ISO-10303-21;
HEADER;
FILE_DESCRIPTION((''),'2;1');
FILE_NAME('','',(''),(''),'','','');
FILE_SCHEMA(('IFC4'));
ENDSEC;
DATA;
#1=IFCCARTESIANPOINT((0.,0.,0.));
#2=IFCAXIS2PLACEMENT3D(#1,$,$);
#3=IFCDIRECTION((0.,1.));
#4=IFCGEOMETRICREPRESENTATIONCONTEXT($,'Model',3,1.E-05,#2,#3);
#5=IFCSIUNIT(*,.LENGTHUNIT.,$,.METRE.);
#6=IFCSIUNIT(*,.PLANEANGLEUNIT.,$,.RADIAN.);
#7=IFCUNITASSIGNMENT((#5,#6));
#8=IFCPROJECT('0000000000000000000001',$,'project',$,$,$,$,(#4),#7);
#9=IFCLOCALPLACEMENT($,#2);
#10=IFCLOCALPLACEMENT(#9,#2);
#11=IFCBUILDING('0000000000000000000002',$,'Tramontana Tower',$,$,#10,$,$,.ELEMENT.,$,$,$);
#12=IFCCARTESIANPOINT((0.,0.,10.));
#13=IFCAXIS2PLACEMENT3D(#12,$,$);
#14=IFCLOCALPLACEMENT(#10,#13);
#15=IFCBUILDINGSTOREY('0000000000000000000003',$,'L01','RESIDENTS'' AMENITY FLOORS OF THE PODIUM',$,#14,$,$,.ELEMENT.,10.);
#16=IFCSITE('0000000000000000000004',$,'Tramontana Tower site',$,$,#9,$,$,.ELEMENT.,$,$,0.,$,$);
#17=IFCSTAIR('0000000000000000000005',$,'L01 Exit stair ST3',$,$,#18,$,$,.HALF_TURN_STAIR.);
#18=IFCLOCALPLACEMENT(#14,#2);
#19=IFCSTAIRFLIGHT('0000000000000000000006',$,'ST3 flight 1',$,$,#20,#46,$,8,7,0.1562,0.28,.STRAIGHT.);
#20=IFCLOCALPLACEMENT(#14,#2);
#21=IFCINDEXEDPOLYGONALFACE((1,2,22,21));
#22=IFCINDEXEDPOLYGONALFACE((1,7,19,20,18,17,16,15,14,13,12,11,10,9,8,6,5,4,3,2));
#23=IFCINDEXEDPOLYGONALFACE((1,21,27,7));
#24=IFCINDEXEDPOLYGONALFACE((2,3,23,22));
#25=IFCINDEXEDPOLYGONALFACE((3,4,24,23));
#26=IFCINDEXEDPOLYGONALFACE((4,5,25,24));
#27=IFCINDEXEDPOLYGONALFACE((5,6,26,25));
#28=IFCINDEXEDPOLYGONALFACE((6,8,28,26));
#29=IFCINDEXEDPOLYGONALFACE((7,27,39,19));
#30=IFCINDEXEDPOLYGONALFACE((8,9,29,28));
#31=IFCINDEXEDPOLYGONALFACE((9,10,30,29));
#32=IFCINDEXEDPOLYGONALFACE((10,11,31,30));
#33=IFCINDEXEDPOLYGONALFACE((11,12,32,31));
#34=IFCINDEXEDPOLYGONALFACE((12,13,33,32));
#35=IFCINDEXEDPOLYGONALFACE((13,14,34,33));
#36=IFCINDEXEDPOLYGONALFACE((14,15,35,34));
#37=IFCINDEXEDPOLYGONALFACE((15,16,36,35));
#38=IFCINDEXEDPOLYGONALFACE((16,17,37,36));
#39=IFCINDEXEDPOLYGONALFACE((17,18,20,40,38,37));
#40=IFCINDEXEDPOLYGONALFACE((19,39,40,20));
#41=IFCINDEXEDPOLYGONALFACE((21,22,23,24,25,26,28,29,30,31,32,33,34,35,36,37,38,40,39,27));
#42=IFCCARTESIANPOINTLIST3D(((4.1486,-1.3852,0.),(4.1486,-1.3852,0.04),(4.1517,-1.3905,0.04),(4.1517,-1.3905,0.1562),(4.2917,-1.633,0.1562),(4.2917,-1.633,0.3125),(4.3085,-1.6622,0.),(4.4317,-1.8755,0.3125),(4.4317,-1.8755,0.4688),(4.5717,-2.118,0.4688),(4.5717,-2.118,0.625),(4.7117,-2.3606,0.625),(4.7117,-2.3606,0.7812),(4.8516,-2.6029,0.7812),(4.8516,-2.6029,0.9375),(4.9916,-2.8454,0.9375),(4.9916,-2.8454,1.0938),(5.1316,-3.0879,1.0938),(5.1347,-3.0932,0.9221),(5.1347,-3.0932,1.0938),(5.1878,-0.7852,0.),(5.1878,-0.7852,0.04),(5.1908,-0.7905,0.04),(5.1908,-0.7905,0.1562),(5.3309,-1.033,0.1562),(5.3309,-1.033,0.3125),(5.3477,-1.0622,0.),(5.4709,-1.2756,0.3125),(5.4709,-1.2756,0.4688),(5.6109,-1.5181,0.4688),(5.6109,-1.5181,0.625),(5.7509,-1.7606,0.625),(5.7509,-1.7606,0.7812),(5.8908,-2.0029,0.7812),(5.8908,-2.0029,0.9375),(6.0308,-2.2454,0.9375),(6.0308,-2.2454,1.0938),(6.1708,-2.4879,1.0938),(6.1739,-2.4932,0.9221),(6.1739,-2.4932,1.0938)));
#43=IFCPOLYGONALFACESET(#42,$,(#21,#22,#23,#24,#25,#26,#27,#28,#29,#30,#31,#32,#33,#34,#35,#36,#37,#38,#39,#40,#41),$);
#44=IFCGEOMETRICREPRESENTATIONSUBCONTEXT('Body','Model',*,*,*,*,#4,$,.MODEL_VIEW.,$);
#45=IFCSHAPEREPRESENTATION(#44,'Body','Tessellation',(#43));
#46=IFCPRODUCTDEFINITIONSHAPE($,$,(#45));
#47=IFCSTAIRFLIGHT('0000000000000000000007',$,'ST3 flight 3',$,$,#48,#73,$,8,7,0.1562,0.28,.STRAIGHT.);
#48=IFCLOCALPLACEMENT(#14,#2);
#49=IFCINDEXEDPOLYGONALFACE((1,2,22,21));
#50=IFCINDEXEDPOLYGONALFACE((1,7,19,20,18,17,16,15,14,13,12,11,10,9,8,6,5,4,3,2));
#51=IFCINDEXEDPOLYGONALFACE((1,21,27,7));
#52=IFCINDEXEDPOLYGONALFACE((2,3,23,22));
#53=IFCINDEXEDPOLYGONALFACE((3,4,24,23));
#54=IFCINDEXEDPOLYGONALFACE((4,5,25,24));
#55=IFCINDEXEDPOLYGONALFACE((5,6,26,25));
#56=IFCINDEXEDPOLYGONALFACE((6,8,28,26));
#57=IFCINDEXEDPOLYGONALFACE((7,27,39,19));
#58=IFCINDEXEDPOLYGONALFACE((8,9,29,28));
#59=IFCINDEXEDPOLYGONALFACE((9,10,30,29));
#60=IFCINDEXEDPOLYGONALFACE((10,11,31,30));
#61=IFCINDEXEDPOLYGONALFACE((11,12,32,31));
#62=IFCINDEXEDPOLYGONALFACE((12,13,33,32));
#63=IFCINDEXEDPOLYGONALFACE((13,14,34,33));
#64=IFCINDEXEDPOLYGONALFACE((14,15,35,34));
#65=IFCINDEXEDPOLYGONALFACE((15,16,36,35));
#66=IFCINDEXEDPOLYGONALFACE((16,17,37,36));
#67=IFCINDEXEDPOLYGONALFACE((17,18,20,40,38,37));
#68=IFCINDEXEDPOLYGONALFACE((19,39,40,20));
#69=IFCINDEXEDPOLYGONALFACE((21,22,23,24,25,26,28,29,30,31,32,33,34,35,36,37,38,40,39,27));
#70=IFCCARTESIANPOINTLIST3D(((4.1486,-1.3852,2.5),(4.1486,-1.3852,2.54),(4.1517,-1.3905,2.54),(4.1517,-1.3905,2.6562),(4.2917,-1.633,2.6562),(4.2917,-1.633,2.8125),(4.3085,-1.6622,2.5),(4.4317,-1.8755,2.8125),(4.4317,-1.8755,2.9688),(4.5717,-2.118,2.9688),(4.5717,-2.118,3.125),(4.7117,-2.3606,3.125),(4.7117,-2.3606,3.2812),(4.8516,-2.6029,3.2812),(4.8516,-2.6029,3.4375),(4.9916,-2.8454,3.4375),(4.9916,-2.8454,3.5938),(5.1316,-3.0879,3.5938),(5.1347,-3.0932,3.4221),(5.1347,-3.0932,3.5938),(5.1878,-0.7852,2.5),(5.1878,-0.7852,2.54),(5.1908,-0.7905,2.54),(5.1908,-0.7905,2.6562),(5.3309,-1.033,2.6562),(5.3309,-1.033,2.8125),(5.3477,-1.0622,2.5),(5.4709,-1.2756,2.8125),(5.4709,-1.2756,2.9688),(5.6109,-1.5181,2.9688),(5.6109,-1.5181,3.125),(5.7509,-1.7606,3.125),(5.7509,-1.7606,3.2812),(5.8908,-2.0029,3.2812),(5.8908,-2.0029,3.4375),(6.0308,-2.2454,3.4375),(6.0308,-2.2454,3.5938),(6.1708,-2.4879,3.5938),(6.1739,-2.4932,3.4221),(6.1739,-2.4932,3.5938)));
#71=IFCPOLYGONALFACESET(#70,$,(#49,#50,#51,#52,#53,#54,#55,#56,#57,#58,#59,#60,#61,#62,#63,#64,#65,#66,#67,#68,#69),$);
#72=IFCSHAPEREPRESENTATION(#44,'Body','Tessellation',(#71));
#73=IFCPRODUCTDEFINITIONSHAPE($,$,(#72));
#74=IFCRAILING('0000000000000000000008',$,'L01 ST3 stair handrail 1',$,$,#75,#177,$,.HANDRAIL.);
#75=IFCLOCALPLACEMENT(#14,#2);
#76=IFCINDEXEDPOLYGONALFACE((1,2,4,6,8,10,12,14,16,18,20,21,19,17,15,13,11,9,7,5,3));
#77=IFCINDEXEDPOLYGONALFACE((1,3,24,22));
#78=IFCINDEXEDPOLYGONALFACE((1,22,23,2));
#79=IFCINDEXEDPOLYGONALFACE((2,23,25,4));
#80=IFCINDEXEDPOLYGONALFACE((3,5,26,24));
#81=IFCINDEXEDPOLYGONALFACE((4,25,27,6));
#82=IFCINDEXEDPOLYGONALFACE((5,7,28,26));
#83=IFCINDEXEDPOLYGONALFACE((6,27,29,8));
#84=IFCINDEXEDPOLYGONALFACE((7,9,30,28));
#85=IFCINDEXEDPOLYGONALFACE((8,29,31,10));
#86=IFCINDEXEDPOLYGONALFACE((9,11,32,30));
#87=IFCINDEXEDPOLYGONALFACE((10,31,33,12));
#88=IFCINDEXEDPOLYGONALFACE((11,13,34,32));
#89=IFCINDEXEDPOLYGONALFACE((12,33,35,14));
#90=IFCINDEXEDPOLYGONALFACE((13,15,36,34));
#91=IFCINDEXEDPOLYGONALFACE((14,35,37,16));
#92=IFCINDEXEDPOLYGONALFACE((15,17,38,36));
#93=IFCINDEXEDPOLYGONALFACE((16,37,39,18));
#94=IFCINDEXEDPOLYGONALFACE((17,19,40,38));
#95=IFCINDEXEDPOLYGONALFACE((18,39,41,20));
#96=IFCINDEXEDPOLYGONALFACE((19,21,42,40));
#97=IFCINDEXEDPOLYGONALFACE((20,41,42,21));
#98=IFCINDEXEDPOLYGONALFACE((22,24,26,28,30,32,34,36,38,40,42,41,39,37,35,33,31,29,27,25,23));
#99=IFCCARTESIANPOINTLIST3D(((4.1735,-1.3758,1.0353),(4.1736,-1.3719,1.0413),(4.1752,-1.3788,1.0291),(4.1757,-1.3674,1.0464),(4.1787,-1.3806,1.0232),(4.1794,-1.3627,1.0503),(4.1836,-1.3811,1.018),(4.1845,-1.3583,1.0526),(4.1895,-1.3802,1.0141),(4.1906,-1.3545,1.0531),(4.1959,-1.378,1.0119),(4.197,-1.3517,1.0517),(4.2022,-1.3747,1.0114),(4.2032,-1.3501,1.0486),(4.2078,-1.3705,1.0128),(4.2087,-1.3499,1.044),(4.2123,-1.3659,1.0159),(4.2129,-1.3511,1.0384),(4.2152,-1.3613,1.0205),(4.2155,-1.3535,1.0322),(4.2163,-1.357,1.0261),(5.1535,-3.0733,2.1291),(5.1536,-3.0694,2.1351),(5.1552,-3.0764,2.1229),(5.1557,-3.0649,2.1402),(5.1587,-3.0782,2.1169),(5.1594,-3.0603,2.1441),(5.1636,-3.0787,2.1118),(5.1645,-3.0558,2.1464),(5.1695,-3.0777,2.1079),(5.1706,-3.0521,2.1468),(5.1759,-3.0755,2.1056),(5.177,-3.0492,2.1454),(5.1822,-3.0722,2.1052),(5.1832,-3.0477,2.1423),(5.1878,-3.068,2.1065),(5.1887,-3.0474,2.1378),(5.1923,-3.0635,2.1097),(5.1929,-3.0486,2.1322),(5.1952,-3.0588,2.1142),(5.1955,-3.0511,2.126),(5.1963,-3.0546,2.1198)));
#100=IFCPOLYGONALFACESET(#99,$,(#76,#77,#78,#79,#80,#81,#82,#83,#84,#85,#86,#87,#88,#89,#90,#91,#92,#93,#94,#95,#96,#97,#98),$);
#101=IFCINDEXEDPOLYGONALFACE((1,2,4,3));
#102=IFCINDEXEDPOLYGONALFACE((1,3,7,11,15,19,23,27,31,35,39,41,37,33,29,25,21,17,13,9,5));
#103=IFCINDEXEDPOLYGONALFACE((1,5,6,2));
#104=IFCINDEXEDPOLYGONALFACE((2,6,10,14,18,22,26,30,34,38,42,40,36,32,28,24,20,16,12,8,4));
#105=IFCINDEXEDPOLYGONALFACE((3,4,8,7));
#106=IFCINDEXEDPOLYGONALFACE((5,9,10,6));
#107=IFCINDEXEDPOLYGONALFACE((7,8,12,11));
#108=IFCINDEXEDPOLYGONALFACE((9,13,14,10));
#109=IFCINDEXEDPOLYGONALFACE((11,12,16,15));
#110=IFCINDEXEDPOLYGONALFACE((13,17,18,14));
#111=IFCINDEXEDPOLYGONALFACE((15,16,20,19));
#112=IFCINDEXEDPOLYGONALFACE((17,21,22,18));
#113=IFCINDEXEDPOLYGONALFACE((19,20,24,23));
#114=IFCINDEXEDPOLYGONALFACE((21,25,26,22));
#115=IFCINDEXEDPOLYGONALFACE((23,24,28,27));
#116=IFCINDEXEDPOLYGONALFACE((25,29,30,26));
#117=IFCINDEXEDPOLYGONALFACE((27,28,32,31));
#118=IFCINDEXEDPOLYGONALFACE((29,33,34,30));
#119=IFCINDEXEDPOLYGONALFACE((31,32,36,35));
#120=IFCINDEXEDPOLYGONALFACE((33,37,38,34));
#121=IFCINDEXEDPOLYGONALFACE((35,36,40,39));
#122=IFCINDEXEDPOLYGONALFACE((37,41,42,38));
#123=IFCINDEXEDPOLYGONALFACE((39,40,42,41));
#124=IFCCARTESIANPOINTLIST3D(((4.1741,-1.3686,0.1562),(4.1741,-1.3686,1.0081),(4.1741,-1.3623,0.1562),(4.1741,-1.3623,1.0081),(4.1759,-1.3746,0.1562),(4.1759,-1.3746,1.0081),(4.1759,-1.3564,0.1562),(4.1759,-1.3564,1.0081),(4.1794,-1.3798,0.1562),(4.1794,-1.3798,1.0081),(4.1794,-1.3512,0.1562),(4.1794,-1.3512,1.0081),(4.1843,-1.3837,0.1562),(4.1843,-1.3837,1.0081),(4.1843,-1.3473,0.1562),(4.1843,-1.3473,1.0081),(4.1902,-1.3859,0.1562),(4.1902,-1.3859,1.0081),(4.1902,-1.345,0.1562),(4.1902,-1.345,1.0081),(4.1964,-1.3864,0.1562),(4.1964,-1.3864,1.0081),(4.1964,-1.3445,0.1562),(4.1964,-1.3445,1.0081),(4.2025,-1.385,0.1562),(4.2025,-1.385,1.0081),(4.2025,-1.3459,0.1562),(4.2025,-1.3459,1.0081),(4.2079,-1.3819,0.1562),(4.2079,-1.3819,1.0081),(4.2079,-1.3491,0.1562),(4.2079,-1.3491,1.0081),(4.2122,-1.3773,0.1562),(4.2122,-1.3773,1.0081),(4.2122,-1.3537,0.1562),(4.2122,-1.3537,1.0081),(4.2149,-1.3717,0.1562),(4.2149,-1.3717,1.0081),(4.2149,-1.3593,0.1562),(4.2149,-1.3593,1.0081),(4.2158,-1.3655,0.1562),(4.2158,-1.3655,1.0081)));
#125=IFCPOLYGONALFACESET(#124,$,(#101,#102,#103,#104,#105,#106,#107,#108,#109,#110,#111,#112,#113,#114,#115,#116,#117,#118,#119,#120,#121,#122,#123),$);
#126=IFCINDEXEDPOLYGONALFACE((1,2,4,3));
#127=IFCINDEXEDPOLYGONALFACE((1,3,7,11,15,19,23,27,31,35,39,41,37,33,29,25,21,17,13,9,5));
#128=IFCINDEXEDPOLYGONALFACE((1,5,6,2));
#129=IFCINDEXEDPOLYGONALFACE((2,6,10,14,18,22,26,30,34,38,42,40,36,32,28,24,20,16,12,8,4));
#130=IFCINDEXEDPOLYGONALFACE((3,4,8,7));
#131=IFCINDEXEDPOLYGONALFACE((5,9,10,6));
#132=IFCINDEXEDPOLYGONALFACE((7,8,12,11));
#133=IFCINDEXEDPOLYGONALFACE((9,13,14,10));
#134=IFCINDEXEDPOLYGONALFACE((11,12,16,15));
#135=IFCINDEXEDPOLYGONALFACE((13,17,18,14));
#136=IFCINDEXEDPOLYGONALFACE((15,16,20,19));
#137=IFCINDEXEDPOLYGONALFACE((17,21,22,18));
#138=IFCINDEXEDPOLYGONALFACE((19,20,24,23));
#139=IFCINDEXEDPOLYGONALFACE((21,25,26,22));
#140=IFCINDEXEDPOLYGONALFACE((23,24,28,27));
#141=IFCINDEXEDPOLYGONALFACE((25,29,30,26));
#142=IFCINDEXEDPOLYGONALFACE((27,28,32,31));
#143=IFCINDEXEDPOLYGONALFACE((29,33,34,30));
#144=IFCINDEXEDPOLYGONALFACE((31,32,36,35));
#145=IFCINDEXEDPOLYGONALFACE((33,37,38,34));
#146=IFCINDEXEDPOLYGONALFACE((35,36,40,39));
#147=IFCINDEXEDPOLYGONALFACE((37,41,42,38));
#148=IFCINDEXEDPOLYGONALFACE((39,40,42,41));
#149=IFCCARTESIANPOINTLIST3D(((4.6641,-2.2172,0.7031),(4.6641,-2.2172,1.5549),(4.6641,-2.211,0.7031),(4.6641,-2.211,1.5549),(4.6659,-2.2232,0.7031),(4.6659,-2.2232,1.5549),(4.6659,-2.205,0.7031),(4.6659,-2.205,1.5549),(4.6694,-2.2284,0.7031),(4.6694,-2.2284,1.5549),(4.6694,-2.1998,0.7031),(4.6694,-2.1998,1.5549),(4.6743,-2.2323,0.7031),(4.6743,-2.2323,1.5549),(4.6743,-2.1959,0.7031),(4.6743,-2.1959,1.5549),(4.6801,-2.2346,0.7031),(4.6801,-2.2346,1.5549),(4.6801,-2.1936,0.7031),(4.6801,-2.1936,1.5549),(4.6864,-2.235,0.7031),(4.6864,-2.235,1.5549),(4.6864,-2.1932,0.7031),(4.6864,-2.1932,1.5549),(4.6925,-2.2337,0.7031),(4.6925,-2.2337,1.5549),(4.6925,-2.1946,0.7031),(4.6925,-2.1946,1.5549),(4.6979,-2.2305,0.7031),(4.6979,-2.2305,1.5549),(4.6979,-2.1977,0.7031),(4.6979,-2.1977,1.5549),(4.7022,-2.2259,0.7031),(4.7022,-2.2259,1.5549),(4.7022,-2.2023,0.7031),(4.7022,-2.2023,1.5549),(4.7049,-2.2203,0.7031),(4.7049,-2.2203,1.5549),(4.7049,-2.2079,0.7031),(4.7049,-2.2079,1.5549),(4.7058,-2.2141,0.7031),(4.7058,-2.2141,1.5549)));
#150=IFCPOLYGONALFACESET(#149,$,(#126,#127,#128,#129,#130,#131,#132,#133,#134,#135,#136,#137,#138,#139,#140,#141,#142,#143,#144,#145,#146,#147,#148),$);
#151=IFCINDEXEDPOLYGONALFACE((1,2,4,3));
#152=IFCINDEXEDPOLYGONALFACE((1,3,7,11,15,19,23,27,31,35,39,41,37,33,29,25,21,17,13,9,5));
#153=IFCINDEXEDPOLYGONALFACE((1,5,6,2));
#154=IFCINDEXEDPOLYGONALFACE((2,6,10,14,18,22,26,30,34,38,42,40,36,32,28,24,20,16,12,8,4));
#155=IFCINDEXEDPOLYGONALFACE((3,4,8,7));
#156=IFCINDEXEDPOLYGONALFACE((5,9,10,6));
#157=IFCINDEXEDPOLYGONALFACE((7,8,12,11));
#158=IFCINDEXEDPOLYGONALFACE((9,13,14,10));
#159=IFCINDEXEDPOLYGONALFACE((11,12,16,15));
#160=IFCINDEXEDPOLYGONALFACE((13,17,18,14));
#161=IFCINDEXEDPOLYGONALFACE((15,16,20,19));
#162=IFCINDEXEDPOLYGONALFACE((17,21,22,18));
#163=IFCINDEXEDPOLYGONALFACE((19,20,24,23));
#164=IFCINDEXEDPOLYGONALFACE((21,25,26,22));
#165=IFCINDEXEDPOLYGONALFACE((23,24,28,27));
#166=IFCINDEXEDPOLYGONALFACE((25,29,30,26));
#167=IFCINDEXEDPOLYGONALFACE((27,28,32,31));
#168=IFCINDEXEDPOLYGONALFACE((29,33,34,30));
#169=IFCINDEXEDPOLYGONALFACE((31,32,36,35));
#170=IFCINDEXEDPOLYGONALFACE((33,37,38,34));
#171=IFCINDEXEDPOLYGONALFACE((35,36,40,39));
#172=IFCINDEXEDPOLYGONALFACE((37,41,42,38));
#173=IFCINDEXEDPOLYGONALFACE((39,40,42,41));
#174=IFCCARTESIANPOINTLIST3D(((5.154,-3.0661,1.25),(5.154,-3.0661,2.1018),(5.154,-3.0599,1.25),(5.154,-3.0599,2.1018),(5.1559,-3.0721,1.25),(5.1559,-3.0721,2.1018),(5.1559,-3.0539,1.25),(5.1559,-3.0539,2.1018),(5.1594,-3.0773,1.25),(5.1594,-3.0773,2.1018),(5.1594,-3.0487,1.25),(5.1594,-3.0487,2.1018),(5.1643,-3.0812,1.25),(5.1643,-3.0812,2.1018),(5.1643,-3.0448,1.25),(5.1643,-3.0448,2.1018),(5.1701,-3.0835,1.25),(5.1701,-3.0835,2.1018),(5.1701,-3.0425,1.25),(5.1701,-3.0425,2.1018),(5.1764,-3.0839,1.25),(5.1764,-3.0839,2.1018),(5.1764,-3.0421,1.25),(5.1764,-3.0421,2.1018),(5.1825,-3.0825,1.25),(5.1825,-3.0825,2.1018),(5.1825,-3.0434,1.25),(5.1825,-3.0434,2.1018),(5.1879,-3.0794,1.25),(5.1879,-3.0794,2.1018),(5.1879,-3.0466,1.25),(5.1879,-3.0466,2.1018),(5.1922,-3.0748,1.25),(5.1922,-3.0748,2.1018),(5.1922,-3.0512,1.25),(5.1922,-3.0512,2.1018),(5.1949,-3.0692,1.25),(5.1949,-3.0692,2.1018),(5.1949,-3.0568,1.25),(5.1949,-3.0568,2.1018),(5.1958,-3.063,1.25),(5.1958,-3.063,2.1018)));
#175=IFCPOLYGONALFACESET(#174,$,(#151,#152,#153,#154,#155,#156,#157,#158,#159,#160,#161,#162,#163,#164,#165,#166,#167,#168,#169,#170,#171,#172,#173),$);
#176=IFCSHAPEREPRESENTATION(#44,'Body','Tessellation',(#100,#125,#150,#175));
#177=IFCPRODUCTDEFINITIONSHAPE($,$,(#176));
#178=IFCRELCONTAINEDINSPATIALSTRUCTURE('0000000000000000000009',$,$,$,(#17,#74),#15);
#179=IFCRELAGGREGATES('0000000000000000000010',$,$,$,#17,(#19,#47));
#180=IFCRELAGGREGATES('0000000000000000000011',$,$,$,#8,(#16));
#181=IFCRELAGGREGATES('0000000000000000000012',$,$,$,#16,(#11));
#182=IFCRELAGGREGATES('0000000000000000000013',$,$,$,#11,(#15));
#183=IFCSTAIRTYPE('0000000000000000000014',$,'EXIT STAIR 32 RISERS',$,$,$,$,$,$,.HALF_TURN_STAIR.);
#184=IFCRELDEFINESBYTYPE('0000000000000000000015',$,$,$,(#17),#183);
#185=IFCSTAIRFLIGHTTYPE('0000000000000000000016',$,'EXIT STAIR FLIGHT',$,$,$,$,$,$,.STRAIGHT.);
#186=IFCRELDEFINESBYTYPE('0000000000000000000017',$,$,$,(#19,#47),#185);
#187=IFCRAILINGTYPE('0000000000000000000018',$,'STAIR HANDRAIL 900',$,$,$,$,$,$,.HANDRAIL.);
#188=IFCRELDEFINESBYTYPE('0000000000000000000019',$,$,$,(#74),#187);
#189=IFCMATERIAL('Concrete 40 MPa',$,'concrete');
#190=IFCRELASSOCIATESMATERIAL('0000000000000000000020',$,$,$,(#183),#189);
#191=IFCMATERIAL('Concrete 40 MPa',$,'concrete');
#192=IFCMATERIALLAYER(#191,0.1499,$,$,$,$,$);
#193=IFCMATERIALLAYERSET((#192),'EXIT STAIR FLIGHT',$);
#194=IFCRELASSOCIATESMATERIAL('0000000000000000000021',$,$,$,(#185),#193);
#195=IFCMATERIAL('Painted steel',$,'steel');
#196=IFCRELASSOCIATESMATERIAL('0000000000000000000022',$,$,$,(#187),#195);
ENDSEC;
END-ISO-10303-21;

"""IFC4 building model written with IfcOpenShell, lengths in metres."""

from ifc_helpers import new_model, si_unit, direction, frame, origin, origin_2d, place, context, subcontext, project, spatial, polyline, circle, outline, extrude, material, layer, layer_set, type_object, element, aggregate, save


model = new_model("IFC4")

# Units and contexts
model_context = context("Model", 3, precision=1e-05, world=origin(), true_north=direction((0.0, 1.0)))
body_context = subcontext(model_context, "Body", "Model", "MODEL_VIEW")
ifc_project = project(units=[si_unit("LENGTHUNIT", "METRE"), si_unit("PLANEANGLEUNIT", "RADIAN")], contexts=[model_context])

# Site, building, storey
site_placement = place(None, origin())
site = spatial("IfcSite", under=ifc_project, at=site_placement, Name="Tramontana Tower site", CompositionType="ELEMENT", RefElevation=0.0)
building_placement = place(site_placement, origin())
building = spatial("IfcBuilding", under=site, at=building_placement, Name="Tramontana Tower", CompositionType="ELEMENT")
storey_placement = place(building_placement, frame((0.0, 0.0, 10.0)))
storey = spatial("IfcBuildingStorey", under=building, at=storey_placement, Name="L01", Description="RESIDENTS' AMENITY FLOORS OF THE PODIUM", CompositionType="ELEMENT", Elevation=10.0)

# Stair
ifc_material_1 = material(Name="Concrete 40 MPa", Category="concrete")
stair_type = type_object("IfcStairType", Name="EXIT STAIR 32 RISERS", PredefinedType="HALF_TURN_STAIR", material=ifc_material_1)
stair_1_placement = place(storey_placement, origin())
stair_1 = element("IfcStair", 1, at=stair_1_placement, inside=storey, type_object=stair_type, Name="L01 Exit stair ST3", PredefinedType="HALF_TURN_STAIR")

# Stair flights
ifc_material_2 = material(Name="Concrete 40 MPa", Category="concrete")
ifc_layer_1 = layer(ifc_material_2, 0.1499)
ifc_layer_set_1 = layer_set([ifc_layer_1], Name="EXIT STAIR FLIGHT")
stair_flight_type = type_object("IfcStairFlightType", Name="EXIT STAIR FLIGHT", PredefinedType="STRAIGHT", material=ifc_layer_set_1)
stair_flight_1_placement = place(storey_placement, frame((4.6711, -1.0906, 0.0), z_axis=(0.0, 0.0, 1.0), x_axis=(0.5, -0.866025, 0.0)))
stair_flight_1 = element("IfcStairFlight", 2, at=stair_flight_1_placement, type_object=stair_flight_type, Name="ST3 flight 1", NumberOfRisers=8, NumberOfTreads=7, PredefinedType="STRAIGHT", RiserHeight=0.1562, TreadLength=0.28, context=body_context, shape_type="SweptSolid", body=[
    extrude(outline(polyline([(-0.0061, 0.0), (-0.0061, 0.04), (0.0, 0.04), (0.0, 0.1562), (0.28, 0.1562), (0.28, 0.3125), (0.5601, 0.3125), (0.5601, 0.4688), (0.8401, 0.4688), (0.8401, 0.625), (1.1201, 0.625), (1.1201, 0.7812), (1.3999, 0.7812), (1.3999, 0.9375), (1.6799, 0.9375), (1.6799, 1.0938), (1.96, 1.0938), (1.9661, 1.0938), (1.9661, 0.9221), (0.3137, 0.0), (-0.0061, 0.0)])), frame((0.0, 0.6001, 0.0), z_axis=(0.0, -1.0, 0.0), x_axis=(1.0, 0.0, 0.0)), (0.0, 0.0, 1.0), 1.2),
])
stair_flight_2_placement = place(storey_placement, frame((4.6711, -1.0906, 2.5), z_axis=(0.0, 0.0, 1.0), x_axis=(0.5, -0.866025, 0.0)))
stair_flight_2 = element("IfcStairFlight", 3, at=stair_flight_2_placement, type_object=stair_flight_type, Name="ST3 flight 3", NumberOfRisers=8, NumberOfTreads=7, PredefinedType="STRAIGHT", RiserHeight=0.1562, TreadLength=0.28, context=body_context, shape_type="SweptSolid", body=[
    extrude(outline(polyline([(-0.0061, 0.0), (-0.0061, 0.04), (0.0, 0.04), (0.0, 0.1562), (0.28, 0.1562), (0.28, 0.3125), (0.5601, 0.3125), (0.5601, 0.4688), (0.8401, 0.4688), (0.8401, 0.625), (1.1201, 0.625), (1.1201, 0.7812), (1.3999, 0.7812), (1.3999, 0.9375), (1.6799, 0.9375), (1.6799, 1.0938), (1.96, 1.0938), (1.9661, 1.0938), (1.9661, 0.9221), (0.3137, 0.0), (-0.0061, 0.0)])), frame((0.0, 0.6001, 0.0), z_axis=(0.0, -1.0, 0.0), x_axis=(1.0, 0.0, 0.0)), (0.0, 0.0, 1.0), 1.2),
])
aggregate(stair_1, [stair_flight_1, stair_flight_2])

# Railing
ifc_material_3 = material(Name="Painted steel", Category="steel")
railing_type = type_object("IfcRailingType", Name="STAIR HANDRAIL 900", PredefinedType="HANDRAIL", material=ifc_material_3)
for number, where, name in (
    (4, (4.1948, -1.3655, 0.1562), "L01 ST3 stair handrail 1"),
):
    element("IfcRailing", number, at=place(storey_placement, frame(where)), inside=storey, type_object=railing_type, Name=name, PredefinedType="HANDRAIL", context=body_context, shape_type="SweptSolid", body=[
        extrude(circle(Radius=0.0239, at=origin_2d()), frame((0.0, 0.0, 0.876), z_axis=(0.436596, -0.756267, 0.487282), x_axis=(0.866042, 0.49997, 0.0)), (0.0, 0.0, 1.0), 2.2446),
        extrude(circle(Radius=0.021, at=origin_2d()), origin(), (0.0, 0.0, 1.0), 0.8518),
        extrude(circle(Radius=0.021, at=origin_2d()), frame((0.49, -0.8486, 0.5469)), (0.0, 0.0, 1.0), 0.8518),
        extrude(circle(Radius=0.021, at=origin_2d()), frame((0.98, -1.6975, 1.0938)), (0.0, 0.0, 1.0), 0.8518),
    ])

save(model, "model.ifc")
